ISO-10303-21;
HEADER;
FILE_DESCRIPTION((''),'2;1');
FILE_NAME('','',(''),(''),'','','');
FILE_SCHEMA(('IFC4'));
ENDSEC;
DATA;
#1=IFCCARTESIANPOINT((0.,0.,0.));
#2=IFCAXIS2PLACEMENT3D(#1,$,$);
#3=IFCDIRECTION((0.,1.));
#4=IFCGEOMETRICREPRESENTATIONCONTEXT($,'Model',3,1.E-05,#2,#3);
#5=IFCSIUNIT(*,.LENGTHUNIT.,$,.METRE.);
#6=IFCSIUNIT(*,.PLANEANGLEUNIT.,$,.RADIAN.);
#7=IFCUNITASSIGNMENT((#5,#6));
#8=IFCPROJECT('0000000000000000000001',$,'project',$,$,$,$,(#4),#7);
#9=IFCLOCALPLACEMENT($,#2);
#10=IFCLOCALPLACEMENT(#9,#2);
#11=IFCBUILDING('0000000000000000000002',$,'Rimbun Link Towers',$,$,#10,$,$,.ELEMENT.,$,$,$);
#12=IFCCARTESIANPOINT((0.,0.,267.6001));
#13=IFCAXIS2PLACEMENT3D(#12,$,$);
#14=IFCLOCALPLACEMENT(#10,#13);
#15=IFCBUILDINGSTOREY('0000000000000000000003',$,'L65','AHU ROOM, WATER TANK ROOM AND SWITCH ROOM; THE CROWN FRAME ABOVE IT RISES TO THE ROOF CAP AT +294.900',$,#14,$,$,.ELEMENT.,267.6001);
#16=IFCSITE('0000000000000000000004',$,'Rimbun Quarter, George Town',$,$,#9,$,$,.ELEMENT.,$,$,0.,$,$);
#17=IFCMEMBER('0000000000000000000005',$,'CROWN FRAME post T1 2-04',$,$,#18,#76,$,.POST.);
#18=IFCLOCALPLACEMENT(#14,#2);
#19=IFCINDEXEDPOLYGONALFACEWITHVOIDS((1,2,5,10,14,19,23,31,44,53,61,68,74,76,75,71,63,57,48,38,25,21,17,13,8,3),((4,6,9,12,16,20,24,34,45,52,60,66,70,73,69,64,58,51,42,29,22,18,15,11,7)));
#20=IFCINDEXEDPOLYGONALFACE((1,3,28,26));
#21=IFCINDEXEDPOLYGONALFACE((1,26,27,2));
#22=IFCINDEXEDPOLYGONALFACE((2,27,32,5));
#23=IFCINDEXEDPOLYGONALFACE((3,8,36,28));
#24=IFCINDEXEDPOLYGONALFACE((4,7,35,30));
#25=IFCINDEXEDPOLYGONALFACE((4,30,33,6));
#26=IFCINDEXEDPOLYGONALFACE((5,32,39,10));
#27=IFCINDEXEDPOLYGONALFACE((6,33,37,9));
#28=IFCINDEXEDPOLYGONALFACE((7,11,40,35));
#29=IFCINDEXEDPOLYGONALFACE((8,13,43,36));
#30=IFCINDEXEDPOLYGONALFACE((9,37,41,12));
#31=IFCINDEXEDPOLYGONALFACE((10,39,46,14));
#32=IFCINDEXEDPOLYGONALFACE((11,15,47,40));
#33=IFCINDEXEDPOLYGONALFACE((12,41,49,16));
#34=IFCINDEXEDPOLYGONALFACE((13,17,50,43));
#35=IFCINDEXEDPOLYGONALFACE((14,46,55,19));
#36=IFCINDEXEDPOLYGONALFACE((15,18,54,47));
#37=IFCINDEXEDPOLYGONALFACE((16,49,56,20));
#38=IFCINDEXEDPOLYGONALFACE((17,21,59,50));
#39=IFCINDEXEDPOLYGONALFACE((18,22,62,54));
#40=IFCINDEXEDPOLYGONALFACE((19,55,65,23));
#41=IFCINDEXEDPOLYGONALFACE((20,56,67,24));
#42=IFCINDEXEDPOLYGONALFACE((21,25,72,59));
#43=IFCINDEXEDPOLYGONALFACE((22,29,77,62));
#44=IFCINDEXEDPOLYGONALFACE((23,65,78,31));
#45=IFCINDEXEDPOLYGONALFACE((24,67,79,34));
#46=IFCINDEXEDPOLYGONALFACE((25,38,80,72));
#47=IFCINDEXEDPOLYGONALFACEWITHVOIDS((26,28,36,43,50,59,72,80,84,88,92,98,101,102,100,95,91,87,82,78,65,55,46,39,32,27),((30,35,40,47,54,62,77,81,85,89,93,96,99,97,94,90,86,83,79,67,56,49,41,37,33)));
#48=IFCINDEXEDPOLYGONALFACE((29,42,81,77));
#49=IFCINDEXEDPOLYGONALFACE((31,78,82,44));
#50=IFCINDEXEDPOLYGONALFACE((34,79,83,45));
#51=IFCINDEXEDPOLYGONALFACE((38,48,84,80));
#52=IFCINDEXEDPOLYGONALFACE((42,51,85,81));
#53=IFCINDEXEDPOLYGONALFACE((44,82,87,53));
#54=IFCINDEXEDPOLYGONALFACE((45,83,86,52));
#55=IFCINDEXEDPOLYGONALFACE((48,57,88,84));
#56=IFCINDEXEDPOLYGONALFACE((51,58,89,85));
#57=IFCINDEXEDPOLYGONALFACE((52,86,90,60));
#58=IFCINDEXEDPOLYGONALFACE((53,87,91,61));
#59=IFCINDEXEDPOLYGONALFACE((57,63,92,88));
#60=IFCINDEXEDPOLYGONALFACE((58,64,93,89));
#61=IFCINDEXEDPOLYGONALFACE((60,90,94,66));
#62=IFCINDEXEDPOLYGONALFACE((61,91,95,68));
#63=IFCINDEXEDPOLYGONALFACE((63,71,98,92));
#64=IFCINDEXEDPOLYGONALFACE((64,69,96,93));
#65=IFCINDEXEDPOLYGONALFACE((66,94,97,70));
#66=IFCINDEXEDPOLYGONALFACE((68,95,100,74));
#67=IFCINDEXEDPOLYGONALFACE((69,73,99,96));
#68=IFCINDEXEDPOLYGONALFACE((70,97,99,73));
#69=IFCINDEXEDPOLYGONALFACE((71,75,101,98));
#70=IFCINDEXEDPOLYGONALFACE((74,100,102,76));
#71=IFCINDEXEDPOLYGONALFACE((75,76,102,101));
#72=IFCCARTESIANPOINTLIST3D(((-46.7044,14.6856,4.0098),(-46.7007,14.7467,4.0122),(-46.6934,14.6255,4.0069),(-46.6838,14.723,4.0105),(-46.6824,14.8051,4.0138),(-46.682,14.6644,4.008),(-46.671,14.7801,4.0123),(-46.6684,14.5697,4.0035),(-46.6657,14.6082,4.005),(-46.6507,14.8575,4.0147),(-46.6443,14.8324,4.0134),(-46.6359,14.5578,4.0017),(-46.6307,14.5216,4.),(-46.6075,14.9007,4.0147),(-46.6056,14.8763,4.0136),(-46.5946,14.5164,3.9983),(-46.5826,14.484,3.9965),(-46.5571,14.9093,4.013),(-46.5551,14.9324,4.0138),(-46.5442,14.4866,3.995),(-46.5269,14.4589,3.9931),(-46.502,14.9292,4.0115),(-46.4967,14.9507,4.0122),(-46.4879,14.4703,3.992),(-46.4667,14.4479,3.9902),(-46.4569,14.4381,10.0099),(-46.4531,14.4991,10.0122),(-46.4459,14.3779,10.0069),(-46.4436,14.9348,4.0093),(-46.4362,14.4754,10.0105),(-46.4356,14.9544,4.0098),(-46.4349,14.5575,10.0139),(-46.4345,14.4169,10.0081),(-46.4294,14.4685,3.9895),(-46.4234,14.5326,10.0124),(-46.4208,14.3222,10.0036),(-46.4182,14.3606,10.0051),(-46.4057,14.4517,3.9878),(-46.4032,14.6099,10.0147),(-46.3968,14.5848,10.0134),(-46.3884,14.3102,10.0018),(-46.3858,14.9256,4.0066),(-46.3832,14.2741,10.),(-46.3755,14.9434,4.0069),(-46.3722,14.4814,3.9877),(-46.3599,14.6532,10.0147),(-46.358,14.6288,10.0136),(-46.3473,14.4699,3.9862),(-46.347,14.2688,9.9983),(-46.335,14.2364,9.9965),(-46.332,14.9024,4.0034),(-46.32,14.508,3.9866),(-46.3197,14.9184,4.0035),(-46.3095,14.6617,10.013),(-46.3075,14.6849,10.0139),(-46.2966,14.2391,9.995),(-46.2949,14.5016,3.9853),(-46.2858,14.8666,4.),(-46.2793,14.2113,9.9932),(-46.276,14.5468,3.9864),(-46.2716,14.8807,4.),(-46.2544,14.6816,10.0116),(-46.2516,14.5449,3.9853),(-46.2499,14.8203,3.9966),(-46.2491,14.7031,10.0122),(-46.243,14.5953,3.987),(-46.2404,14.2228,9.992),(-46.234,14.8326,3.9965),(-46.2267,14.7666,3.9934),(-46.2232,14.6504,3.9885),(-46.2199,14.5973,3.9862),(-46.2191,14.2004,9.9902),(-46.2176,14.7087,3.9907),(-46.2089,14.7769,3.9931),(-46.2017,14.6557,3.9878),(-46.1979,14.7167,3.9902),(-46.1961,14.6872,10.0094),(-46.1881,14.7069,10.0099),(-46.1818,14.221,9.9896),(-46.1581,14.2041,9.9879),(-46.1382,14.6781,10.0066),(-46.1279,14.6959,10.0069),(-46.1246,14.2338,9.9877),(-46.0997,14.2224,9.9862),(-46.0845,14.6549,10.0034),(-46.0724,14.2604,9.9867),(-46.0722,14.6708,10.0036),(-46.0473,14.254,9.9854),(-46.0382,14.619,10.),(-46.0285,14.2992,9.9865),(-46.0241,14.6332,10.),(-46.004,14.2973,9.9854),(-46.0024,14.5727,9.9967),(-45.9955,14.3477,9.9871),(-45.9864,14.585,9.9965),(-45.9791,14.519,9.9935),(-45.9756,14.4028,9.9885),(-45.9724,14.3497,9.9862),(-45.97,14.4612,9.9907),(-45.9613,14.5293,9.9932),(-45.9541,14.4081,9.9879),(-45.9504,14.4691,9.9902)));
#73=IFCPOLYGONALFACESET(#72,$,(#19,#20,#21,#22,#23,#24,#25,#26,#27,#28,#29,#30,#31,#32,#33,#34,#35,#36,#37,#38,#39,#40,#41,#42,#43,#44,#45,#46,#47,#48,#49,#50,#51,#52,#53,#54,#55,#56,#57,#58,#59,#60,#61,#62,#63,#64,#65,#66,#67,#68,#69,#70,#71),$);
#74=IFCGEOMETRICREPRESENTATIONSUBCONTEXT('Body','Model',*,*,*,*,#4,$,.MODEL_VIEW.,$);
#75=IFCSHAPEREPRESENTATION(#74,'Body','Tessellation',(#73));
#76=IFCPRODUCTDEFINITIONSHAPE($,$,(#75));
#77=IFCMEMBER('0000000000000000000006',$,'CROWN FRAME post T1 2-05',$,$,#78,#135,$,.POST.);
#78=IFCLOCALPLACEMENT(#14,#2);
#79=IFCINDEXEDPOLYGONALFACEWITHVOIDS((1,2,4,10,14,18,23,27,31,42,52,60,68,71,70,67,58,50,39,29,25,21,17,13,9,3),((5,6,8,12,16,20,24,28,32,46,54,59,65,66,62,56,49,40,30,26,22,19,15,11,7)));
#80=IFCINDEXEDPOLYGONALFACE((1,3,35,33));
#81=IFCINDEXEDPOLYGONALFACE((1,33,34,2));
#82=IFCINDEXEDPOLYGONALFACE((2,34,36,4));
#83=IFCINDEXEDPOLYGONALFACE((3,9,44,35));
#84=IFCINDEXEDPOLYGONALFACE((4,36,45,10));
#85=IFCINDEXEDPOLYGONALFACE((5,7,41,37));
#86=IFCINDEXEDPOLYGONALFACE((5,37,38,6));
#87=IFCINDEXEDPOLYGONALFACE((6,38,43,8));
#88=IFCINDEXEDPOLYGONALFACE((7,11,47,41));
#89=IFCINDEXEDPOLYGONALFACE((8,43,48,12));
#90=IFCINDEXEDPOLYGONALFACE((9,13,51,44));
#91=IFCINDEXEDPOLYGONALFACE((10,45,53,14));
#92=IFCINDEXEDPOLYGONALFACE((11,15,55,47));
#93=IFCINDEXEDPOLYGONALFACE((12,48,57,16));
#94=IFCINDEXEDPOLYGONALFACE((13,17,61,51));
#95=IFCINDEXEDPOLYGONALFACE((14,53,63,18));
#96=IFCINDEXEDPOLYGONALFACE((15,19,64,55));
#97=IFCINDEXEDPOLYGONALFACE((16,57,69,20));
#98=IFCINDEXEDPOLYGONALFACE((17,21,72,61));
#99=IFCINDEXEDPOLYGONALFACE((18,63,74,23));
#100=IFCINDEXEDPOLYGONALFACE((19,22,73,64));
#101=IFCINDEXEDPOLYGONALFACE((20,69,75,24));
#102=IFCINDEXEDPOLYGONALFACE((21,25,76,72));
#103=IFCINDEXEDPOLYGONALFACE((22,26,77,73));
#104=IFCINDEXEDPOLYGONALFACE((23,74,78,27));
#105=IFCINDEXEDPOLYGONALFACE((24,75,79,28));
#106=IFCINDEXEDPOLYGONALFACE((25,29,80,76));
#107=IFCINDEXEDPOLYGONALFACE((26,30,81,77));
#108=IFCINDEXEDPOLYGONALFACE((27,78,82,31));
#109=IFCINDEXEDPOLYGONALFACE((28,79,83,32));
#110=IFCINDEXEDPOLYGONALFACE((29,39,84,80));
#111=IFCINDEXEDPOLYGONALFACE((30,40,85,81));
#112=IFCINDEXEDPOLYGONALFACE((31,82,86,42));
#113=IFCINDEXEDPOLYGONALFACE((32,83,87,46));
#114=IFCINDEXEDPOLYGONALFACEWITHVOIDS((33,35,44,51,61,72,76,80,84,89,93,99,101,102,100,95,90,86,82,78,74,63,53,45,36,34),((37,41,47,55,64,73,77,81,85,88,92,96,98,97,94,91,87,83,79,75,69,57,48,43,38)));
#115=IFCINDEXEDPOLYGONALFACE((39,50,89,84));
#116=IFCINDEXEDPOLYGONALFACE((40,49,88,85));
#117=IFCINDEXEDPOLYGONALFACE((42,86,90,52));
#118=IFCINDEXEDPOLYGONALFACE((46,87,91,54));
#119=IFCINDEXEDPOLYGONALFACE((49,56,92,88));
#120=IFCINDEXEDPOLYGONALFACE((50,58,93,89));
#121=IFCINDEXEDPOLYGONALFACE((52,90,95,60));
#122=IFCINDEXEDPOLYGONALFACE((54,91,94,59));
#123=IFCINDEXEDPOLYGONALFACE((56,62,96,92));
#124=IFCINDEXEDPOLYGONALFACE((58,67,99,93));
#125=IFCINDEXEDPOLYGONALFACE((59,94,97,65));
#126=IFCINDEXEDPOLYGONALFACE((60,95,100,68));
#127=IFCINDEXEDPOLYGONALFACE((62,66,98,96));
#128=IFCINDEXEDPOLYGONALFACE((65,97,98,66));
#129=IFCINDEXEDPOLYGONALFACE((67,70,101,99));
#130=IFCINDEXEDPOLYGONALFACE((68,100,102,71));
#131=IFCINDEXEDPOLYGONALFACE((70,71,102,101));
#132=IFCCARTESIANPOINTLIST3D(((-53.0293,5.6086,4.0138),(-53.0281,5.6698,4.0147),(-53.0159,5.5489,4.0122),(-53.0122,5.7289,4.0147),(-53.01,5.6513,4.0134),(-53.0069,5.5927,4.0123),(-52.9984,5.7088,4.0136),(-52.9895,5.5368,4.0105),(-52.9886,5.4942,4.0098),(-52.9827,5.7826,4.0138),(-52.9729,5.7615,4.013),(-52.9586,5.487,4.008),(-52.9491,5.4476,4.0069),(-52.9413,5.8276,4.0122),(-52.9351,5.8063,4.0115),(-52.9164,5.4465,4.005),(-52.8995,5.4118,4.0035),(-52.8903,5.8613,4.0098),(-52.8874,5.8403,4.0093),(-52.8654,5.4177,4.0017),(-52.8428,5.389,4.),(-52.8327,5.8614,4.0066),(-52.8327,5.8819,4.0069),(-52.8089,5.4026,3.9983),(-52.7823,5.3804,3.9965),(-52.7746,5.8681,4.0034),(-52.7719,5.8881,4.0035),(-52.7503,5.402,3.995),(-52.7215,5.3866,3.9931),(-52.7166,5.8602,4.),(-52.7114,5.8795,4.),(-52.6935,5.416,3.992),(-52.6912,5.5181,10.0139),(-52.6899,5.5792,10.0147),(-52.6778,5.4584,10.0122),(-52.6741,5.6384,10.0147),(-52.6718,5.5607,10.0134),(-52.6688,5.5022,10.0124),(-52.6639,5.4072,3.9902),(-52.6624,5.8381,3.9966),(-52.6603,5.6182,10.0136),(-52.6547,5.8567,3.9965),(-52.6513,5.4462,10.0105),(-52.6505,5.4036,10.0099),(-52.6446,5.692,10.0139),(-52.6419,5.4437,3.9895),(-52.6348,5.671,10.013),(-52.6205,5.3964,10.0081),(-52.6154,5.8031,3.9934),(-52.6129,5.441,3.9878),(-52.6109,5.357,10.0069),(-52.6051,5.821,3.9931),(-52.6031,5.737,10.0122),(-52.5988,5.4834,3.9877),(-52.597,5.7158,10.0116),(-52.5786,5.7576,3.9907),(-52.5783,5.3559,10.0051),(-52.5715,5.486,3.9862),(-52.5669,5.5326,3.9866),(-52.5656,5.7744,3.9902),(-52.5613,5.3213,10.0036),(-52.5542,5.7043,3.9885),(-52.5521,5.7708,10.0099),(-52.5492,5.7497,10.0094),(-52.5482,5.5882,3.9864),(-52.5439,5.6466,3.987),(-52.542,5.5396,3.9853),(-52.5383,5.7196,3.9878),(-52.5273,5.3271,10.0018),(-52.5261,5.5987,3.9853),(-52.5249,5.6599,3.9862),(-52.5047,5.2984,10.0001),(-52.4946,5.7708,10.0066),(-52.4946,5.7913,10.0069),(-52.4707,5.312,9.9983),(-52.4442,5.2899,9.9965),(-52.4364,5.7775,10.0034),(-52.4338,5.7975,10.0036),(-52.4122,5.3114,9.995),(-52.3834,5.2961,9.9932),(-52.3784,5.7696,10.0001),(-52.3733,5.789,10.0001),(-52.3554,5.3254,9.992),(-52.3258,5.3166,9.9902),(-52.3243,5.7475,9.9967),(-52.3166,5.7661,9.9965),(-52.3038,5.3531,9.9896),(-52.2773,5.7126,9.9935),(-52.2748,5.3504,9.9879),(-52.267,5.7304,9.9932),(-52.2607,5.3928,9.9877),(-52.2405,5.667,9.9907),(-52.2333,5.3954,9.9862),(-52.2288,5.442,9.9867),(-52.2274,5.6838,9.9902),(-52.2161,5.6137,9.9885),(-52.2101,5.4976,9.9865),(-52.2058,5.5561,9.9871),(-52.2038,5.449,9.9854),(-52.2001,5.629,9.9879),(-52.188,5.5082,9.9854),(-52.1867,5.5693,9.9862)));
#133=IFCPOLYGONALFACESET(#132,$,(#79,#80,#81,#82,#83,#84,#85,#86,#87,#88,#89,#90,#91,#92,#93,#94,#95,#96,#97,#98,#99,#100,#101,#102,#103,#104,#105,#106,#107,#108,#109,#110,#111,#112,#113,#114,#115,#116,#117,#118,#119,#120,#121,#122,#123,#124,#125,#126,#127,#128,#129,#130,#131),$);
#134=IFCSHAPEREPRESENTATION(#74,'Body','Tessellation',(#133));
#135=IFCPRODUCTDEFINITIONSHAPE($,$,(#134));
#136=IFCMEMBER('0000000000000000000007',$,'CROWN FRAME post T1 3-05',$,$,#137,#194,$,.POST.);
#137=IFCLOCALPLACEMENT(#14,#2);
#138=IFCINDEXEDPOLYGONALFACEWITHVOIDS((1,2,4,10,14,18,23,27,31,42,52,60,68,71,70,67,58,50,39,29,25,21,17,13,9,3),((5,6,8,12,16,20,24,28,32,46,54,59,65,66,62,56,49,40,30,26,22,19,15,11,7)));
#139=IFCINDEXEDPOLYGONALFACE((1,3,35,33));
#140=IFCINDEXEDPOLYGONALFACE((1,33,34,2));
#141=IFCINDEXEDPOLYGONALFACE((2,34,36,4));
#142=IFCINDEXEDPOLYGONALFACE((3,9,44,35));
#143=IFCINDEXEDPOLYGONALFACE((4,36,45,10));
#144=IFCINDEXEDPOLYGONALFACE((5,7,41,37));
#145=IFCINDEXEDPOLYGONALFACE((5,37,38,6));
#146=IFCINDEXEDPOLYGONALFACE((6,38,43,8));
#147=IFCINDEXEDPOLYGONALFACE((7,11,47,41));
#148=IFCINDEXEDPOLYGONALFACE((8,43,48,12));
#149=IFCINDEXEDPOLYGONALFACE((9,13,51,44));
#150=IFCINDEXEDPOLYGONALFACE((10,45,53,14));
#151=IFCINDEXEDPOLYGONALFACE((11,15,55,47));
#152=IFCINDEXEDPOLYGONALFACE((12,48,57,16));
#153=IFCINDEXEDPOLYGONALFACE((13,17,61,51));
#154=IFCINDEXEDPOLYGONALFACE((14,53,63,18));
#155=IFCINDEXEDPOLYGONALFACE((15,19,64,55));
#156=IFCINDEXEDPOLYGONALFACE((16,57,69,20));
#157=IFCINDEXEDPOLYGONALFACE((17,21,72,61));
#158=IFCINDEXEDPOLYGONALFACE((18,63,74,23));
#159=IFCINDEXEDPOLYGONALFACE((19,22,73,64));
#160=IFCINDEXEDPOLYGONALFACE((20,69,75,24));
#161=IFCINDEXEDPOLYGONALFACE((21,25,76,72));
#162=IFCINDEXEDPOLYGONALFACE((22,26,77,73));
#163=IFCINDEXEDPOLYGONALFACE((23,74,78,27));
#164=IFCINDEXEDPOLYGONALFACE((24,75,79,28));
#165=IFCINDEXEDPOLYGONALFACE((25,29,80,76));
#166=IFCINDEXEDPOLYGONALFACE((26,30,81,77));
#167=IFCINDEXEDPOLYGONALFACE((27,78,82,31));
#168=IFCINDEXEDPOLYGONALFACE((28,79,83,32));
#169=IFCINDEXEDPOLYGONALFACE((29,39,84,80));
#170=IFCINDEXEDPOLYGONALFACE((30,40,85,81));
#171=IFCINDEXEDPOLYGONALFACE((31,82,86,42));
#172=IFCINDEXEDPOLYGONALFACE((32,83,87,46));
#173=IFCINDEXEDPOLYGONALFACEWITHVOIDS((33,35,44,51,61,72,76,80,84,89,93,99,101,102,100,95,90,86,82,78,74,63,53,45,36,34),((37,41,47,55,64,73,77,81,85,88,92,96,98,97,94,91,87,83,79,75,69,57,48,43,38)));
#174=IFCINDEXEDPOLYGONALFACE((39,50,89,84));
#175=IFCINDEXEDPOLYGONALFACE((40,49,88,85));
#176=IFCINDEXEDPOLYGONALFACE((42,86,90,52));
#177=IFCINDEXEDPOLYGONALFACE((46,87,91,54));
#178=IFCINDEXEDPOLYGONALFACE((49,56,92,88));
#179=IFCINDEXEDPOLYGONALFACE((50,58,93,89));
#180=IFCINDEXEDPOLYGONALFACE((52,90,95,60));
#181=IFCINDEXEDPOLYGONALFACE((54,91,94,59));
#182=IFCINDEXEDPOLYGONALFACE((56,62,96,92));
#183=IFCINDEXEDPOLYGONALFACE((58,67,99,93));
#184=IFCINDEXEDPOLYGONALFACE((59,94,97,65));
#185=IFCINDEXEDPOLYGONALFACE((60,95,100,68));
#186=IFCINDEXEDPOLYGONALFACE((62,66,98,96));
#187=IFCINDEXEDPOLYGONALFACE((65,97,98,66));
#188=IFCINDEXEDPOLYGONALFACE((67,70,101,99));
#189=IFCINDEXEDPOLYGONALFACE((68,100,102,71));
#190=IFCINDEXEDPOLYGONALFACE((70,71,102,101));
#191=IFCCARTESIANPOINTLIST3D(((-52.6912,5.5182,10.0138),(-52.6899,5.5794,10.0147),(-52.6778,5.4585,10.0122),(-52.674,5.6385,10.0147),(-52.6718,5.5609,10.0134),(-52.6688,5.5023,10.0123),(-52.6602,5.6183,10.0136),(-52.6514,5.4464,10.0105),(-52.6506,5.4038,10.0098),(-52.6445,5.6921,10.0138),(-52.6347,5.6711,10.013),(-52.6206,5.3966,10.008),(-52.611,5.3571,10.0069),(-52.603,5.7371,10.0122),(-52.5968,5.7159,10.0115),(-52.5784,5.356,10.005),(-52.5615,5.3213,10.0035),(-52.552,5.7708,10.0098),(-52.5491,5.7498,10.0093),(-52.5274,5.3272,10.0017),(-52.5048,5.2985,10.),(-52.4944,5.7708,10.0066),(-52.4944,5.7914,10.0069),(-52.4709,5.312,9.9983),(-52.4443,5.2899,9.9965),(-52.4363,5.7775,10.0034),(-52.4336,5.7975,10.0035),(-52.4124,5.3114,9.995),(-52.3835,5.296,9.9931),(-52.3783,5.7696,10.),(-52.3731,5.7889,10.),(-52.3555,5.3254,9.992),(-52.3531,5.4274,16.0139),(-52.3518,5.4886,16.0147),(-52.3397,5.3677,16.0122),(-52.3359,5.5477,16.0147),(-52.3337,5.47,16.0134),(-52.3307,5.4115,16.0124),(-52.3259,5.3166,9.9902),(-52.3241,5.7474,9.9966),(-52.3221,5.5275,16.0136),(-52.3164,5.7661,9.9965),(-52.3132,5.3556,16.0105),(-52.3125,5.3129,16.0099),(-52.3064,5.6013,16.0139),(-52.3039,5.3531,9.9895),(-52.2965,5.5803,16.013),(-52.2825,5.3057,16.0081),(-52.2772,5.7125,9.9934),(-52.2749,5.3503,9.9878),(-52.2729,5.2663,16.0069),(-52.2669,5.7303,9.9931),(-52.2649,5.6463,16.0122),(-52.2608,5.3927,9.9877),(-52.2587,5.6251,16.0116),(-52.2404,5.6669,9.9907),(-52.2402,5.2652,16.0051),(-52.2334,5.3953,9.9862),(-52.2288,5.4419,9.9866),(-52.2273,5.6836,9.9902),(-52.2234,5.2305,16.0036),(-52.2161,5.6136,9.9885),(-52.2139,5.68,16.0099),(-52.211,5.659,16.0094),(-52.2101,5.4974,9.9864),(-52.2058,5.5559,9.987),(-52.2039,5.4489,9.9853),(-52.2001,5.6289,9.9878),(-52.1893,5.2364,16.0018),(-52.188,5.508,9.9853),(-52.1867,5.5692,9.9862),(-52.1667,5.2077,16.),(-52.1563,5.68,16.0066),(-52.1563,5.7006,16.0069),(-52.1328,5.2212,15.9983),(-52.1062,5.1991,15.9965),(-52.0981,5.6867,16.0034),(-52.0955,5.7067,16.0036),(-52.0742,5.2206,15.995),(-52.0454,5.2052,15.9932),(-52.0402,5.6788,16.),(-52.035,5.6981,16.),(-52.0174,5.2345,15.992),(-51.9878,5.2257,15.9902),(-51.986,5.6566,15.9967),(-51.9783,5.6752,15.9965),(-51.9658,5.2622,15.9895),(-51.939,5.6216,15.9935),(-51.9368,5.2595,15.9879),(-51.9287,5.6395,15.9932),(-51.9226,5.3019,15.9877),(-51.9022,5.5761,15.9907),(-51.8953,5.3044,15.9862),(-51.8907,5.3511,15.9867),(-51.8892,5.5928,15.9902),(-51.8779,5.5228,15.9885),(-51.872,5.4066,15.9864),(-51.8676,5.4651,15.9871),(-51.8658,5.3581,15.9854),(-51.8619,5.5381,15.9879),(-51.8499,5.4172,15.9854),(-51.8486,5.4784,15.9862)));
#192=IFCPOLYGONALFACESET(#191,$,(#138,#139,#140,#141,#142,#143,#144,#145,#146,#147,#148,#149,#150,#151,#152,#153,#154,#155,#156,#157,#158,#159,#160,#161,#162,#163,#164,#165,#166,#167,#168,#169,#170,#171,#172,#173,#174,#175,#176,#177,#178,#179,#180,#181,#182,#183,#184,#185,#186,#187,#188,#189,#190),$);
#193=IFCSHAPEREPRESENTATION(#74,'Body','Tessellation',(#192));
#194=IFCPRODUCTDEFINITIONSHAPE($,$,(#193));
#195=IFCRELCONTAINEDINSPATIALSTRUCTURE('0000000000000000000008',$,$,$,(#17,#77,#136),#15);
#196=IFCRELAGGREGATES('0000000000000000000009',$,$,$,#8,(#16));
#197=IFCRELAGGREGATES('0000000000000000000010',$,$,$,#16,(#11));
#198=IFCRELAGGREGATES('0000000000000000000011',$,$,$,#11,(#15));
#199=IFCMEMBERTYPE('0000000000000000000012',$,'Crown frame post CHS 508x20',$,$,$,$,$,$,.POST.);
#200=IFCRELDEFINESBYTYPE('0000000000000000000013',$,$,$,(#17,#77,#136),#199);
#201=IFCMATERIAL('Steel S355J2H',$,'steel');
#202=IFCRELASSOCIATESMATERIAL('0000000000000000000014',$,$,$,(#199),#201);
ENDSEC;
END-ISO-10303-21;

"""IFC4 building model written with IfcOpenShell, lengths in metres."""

from ifc_helpers import new_model, si_unit, direction, frame, origin, origin_2d, place, context, subcontext, project, spatial, hollow_circle, extrude, material, material_profile, profile_set, type_object, element, save


model = new_model("IFC4")

# Units and contexts
model_context = context("Model", 3, precision=1e-05, world=origin(), true_north=direction((0.0, 1.0)))
body_context = subcontext(model_context, "Body", "Model", "MODEL_VIEW")
ifc_project = project(units=[si_unit("LENGTHUNIT", "METRE"), si_unit("PLANEANGLEUNIT", "RADIAN")], contexts=[model_context])

# Site, building, storey
site_placement = place(None, origin())
site = spatial("IfcSite", under=ifc_project, at=site_placement, Name="Rimbun Quarter, George Town", CompositionType="ELEMENT", RefElevation=0.0)
building_placement = place(site_placement, origin())
building = spatial("IfcBuilding", under=site, at=building_placement, Name="Rimbun Link Towers", CompositionType="ELEMENT")
storey_placement = place(building_placement, frame((0.0, 0.0, 267.6001)))
storey = spatial("IfcBuildingStorey", under=building, at=storey_placement, Name="L65", Description="AHU ROOM, WATER TANK ROOM AND SWITCH ROOM; THE CROWN FRAME ABOVE IT RISES TO THE ROOF CAP AT +294.900", CompositionType="ELEMENT", Elevation=267.6001)

# Members
ifc_material_1 = material(Name="Steel S355J2H", Category="steel")
ifc_material_profile_1 = material_profile(ifc_material_1, hollow_circle(Radius=0.2539, WallThickness=0.02, at=origin_2d()), Name="Crown frame post CHS 508x20")
ifc_profile_set_1 = profile_set([ifc_material_profile_1], Name="Steel S355J2H")
member_type_1 = type_object("IfcMemberType", Name="Crown frame post CHS 508x20", PredefinedType="POST", material=ifc_profile_set_1)
for number, where, z_axis, x_axis, name in (
    (1, (-46.4512, 14.7012, 4.0), (0.04119, -0.04119, 0.998302), (0.707107, 0.707107, 0.0), "CROWN FRAME post T1 2-04"),
    (2, (-52.7771, 5.6343, 4.0), (0.05626, -0.01507, 0.998302), (0.258748, 0.965945, 0.0), "CROWN FRAME post T1 2-05"),
    (3, (-52.439, 5.5437, 10.0), (0.05626, -0.015111, 0.998302), (0.259398, 0.96577, 0.0), "CROWN FRAME post T1 3-05"),
):
    element("IfcMember", number, at=place(storey_placement, frame(where, z_axis=z_axis, x_axis=x_axis)), inside=storey, type_object=member_type_1, Name=name, PredefinedType="POST", context=body_context, shape_type="SweptSolid", body=[
        extrude(hollow_circle(Radius=0.2539, WallThickness=0.02, at=origin_2d()), origin(), (0.0, 0.0, 1.0), 6.0103),
    ])

save(model, "model.ifc")
